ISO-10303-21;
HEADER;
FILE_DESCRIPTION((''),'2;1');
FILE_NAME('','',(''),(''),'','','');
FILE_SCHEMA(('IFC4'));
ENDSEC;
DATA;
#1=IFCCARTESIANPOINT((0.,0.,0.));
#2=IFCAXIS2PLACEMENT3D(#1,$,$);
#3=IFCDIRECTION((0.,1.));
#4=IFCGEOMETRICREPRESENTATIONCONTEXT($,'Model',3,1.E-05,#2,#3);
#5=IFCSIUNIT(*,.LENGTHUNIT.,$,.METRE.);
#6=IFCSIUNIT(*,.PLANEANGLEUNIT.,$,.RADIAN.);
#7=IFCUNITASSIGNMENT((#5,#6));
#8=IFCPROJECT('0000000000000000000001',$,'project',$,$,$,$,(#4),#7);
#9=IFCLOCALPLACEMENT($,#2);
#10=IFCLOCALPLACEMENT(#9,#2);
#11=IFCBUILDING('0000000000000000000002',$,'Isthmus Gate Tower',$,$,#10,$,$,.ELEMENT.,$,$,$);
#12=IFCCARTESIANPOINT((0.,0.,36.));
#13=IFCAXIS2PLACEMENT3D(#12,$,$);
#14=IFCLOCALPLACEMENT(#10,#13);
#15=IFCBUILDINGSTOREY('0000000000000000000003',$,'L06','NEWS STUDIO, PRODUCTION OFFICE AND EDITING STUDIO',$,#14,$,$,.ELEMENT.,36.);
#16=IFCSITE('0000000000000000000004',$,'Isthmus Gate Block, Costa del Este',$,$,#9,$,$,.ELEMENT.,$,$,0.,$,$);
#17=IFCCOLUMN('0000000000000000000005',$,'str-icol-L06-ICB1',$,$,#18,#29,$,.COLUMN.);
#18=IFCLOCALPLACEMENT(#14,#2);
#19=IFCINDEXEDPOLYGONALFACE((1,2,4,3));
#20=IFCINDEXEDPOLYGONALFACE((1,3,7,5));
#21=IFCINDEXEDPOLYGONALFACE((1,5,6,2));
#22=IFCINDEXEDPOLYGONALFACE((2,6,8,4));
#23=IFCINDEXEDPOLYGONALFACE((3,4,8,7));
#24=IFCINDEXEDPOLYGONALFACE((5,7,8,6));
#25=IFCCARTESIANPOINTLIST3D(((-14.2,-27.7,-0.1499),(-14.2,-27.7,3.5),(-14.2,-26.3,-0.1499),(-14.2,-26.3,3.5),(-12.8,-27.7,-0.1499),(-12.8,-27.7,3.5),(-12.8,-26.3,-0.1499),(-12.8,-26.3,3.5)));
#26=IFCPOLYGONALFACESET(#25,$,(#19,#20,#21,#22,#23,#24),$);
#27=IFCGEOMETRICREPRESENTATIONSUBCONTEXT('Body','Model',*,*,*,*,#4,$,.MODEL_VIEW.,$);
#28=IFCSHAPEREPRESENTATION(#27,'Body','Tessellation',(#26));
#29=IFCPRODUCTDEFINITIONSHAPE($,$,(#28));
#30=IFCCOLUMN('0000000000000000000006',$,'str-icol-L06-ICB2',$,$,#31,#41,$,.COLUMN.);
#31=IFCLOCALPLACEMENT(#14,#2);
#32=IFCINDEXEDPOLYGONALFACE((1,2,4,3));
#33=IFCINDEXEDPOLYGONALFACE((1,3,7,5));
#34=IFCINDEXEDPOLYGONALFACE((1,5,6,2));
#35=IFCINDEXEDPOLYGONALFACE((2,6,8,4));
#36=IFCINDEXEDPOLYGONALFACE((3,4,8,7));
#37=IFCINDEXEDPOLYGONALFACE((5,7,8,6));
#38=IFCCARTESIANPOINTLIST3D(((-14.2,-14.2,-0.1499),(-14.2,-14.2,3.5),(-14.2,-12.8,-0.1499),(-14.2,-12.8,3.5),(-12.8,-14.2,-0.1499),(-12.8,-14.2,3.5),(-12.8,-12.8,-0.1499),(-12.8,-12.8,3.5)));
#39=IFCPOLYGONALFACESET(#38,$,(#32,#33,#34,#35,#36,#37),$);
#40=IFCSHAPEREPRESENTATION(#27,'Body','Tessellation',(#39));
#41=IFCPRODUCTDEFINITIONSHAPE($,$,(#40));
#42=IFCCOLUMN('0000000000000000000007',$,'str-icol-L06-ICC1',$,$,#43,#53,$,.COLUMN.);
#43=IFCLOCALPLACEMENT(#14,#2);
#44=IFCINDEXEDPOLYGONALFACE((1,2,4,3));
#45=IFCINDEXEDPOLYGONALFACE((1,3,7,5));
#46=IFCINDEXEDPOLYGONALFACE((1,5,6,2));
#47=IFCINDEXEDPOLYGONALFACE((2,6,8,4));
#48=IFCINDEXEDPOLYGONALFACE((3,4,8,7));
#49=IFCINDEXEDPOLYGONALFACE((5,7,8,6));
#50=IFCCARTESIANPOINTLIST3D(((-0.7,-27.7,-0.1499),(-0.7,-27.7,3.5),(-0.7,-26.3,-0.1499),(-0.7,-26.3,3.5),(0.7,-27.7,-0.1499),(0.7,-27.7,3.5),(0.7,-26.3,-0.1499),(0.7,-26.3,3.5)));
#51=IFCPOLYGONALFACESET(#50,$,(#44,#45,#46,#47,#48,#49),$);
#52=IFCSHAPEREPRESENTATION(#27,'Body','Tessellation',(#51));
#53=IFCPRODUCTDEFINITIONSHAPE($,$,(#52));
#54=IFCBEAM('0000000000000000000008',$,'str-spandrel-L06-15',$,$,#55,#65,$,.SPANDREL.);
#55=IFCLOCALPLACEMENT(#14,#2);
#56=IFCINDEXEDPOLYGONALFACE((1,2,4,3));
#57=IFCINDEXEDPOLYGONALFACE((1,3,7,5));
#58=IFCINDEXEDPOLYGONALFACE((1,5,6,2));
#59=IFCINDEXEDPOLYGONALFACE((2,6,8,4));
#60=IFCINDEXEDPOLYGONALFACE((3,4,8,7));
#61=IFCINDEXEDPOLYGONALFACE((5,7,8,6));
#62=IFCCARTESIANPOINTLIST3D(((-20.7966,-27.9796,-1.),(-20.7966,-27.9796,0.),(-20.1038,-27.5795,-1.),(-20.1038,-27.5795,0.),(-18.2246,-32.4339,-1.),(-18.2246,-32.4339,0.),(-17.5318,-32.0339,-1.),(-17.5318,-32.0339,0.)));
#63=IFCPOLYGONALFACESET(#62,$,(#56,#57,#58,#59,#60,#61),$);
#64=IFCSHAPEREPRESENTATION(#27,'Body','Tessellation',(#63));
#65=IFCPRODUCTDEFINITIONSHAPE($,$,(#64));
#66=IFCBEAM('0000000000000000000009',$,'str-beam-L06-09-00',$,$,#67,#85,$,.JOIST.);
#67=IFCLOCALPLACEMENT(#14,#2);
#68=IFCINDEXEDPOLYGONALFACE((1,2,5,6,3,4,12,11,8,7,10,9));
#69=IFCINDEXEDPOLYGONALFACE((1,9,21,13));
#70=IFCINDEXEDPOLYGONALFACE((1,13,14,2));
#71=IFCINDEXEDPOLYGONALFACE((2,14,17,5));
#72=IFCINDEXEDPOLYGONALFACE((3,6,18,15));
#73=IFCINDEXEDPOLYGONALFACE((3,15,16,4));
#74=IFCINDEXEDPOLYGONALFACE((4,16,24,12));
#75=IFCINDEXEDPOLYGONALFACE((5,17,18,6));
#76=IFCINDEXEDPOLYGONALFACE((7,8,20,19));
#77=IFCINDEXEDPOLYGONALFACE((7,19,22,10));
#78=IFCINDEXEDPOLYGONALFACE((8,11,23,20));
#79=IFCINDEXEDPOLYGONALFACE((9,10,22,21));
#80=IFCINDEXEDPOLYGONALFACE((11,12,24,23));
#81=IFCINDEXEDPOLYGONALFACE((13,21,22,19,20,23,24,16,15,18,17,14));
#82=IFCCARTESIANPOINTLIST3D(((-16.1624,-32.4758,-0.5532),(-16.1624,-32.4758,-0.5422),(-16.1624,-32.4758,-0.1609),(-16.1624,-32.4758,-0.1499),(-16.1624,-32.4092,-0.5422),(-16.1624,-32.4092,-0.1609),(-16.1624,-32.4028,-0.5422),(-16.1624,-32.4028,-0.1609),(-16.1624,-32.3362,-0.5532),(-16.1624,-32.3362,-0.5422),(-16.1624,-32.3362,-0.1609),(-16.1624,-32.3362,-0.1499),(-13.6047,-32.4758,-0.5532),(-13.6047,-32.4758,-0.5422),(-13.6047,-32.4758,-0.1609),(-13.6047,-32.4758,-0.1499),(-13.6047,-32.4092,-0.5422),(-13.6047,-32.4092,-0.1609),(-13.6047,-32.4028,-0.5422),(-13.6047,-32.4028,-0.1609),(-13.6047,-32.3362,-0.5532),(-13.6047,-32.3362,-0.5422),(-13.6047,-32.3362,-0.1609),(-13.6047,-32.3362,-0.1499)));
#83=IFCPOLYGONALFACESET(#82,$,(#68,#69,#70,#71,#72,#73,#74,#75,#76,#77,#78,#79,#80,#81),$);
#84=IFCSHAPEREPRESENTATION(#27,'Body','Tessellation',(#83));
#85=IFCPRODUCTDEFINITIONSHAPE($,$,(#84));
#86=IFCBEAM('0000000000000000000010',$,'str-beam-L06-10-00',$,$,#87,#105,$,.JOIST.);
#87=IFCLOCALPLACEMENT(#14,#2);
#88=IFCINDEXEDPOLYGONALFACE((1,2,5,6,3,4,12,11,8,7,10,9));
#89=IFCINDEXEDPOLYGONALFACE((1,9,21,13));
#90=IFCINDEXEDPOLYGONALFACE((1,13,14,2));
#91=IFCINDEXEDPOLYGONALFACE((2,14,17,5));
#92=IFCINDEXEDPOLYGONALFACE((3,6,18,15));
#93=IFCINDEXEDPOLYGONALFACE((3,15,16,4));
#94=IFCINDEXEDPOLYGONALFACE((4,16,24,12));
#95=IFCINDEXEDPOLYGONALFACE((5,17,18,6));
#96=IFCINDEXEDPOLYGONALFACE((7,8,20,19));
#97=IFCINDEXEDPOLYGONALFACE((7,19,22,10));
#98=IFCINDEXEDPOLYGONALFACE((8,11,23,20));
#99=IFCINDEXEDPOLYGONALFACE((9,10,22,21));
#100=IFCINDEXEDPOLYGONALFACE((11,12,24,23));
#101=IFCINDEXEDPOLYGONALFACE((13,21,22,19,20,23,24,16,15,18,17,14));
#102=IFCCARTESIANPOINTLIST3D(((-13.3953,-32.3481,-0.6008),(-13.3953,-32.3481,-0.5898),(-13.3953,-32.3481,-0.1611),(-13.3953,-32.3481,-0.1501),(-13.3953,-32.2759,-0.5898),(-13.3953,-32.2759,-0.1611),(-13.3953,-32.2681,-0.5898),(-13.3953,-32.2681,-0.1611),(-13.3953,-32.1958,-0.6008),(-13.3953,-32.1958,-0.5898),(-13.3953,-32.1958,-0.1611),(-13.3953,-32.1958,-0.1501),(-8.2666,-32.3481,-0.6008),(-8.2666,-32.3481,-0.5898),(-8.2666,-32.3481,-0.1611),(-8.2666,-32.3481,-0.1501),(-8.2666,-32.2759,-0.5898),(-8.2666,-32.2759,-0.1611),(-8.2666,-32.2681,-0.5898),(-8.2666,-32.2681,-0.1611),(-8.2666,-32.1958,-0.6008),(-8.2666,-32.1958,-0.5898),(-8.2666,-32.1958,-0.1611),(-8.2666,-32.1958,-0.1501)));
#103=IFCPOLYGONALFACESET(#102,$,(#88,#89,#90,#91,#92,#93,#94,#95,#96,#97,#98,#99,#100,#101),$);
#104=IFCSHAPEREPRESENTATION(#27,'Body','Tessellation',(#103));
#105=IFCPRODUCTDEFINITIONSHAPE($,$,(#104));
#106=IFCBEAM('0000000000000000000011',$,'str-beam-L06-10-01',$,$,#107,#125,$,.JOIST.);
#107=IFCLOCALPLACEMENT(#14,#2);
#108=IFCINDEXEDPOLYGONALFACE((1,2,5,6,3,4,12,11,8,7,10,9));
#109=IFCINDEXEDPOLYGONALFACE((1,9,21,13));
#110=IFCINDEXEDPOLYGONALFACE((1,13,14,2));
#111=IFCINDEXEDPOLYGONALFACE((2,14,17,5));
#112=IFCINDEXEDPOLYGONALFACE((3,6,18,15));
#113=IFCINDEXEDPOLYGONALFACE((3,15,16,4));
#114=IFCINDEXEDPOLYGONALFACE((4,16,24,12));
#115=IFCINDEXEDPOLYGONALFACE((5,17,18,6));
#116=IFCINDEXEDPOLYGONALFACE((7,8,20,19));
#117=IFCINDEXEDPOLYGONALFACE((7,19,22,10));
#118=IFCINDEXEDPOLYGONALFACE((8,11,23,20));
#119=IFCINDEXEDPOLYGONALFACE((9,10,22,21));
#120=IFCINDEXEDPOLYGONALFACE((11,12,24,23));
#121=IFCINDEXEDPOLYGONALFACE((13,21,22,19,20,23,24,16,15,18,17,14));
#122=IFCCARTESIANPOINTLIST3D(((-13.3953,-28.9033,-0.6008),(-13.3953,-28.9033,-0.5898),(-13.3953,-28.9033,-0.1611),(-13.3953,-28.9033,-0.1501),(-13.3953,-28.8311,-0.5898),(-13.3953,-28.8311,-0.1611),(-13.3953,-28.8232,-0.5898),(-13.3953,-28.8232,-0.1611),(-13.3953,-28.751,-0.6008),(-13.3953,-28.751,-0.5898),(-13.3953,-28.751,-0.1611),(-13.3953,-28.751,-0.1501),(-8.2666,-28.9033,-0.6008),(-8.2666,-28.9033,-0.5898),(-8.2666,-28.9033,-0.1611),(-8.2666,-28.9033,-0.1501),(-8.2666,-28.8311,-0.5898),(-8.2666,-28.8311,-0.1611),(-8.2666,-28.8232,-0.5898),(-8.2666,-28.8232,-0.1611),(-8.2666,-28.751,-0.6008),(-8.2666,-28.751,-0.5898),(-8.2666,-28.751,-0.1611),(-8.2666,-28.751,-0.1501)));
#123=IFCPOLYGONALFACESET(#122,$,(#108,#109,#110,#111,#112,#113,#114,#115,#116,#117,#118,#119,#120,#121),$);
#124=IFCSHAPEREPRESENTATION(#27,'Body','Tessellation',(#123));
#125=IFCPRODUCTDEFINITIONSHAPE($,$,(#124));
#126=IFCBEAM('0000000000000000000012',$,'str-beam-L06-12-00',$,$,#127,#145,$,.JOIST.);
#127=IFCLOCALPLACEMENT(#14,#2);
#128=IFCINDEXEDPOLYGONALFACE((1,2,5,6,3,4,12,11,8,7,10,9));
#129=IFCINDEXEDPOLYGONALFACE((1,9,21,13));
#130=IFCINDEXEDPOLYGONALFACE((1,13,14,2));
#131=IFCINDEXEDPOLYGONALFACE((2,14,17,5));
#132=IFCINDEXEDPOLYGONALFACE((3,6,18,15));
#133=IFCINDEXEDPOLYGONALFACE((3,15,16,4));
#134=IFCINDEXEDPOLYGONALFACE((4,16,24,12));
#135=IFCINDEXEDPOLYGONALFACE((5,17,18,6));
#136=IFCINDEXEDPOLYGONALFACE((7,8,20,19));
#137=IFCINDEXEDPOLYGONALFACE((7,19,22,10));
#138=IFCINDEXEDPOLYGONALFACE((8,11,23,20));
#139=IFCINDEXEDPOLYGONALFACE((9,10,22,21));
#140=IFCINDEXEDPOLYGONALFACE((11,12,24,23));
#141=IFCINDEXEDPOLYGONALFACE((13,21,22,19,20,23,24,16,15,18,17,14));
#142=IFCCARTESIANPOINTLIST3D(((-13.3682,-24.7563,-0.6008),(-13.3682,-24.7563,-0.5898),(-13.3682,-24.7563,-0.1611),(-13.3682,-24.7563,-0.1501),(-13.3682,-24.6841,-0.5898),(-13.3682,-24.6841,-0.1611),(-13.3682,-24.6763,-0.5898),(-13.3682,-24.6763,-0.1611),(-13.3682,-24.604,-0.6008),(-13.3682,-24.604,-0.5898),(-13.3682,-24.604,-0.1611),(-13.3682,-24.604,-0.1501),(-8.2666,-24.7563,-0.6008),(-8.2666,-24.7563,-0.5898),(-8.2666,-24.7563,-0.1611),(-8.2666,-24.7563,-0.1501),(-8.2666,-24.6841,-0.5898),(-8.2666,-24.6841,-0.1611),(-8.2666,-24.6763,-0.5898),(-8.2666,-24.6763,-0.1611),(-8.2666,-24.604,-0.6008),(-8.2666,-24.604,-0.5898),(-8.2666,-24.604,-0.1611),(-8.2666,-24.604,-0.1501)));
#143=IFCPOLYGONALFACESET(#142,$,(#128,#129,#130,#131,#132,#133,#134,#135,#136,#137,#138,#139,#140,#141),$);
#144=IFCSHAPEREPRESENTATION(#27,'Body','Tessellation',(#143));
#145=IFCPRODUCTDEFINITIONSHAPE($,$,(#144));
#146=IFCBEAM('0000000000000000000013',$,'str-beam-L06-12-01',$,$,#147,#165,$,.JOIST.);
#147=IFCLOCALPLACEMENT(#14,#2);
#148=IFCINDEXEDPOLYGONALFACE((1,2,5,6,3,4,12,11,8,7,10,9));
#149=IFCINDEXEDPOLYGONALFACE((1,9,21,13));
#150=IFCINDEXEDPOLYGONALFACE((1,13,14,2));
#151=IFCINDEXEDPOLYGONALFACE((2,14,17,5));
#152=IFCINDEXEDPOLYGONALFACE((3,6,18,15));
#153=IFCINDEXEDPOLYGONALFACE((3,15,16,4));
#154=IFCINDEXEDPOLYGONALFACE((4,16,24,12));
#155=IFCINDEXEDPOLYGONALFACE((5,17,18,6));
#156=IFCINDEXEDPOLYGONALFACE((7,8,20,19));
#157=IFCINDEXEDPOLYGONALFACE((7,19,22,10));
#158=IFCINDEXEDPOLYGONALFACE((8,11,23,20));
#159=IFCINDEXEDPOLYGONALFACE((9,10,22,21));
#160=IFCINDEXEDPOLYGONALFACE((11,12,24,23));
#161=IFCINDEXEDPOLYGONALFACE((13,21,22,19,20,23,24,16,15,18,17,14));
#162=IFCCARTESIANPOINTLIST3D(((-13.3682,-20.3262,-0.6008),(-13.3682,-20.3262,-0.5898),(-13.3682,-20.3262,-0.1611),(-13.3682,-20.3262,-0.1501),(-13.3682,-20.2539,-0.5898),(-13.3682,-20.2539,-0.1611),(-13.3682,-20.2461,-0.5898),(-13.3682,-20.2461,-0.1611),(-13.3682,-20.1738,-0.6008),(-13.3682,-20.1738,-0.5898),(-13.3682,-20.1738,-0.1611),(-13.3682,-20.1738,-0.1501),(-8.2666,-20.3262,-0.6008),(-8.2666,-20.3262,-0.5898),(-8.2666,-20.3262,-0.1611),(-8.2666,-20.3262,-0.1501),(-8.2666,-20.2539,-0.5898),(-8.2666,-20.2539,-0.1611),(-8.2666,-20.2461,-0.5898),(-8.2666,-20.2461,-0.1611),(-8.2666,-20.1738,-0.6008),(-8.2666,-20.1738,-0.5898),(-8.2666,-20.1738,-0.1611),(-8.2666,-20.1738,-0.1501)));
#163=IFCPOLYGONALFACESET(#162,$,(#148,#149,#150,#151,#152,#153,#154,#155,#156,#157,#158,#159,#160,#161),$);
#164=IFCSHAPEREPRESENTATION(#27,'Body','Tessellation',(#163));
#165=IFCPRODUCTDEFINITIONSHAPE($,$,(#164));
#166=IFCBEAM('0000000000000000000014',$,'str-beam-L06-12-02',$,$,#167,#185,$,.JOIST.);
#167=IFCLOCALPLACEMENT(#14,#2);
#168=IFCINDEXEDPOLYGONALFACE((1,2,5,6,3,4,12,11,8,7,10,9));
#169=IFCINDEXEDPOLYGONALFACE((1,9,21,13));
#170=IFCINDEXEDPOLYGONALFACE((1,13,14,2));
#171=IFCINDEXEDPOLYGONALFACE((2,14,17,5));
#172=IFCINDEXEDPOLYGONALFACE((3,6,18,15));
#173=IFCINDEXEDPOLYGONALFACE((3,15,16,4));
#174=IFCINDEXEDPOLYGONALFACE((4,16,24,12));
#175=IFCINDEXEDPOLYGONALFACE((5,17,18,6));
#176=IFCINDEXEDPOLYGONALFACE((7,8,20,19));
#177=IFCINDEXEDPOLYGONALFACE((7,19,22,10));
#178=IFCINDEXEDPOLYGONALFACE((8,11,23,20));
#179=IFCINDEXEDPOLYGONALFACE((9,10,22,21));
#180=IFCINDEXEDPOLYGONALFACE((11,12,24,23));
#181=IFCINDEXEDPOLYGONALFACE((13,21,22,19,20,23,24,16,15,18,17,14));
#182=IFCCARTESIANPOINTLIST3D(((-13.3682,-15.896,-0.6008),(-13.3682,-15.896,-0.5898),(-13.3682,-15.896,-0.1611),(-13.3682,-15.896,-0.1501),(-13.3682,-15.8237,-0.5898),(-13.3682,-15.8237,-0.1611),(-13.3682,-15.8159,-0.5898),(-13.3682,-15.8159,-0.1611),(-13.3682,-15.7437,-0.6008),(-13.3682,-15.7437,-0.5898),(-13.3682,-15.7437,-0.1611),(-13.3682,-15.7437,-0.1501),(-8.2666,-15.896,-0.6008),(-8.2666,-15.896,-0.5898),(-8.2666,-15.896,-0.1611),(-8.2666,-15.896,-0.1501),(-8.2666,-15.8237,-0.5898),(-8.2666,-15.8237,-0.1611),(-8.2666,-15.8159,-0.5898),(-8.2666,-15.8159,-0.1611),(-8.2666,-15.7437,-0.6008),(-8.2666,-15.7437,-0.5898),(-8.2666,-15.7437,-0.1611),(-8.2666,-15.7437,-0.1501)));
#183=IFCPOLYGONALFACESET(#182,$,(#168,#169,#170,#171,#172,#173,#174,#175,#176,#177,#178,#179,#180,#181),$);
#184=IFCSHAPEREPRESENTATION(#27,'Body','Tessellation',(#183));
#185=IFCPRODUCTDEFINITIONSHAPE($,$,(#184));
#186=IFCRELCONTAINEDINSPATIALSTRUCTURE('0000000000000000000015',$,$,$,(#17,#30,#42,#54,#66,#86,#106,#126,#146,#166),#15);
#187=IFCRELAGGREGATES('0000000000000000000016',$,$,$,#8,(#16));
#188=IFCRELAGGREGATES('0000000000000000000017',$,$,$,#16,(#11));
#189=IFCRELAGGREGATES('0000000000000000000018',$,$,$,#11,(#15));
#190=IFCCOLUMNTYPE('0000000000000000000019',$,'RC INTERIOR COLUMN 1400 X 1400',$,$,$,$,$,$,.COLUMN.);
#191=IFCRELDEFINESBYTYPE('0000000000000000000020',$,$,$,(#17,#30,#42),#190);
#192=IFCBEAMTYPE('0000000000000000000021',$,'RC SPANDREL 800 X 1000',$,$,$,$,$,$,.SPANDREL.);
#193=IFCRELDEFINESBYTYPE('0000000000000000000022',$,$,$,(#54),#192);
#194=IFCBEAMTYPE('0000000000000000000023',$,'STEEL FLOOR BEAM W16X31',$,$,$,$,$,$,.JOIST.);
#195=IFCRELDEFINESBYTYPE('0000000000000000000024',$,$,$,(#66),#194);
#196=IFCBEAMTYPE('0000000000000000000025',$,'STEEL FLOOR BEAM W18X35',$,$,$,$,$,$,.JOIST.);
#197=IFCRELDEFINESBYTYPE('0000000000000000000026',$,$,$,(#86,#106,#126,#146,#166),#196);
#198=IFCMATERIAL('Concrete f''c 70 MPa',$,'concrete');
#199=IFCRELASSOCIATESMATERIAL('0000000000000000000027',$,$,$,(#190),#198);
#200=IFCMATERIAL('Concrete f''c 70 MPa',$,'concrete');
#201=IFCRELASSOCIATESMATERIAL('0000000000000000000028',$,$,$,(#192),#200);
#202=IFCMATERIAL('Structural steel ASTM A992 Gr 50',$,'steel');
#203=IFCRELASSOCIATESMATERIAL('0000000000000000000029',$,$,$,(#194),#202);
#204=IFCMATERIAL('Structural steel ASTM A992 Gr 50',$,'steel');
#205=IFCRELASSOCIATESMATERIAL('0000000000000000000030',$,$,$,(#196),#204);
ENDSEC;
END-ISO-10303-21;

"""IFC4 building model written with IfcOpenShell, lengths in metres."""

from ifc_helpers import new_model, si_unit, direction, frame, origin, origin_2d, place, context, subcontext, project, spatial, rectangle, i_section, extrude, material, material_profile, profile_set, type_object, element, save


model = new_model("IFC4")

# Units and contexts
model_context = context("Model", 3, precision=1e-05, world=origin(), true_north=direction((0.0, 1.0)))
body_context = subcontext(model_context, "Body", "Model", "MODEL_VIEW")
ifc_project = project(units=[si_unit("LENGTHUNIT", "METRE"), si_unit("PLANEANGLEUNIT", "RADIAN")], contexts=[model_context])

# Site, building, storey
site_placement = place(None, origin())
site = spatial("IfcSite", under=ifc_project, at=site_placement, Name="Isthmus Gate Block, Costa del Este", CompositionType="ELEMENT", RefElevation=0.0)
building_placement = place(site_placement, origin())
building = spatial("IfcBuilding", under=site, at=building_placement, Name="Isthmus Gate Tower", CompositionType="ELEMENT")
storey_placement = place(building_placement, frame((0.0, 0.0, 36.0)))
storey = spatial("IfcBuildingStorey", under=building, at=storey_placement, Name="L06", Description="NEWS STUDIO, PRODUCTION OFFICE AND EDITING STUDIO", CompositionType="ELEMENT", Elevation=36.0)

# Columns
ifc_material_1 = material(Name="Concrete f'c 70 MPa", Category="concrete")
ifc_material_profile_1 = material_profile(ifc_material_1, rectangle(XDim=1.3999, YDim=1.3999, at=origin_2d()), Name="RC 1400X1400")
ifc_profile_set_1 = profile_set([ifc_material_profile_1], Name="Concrete f'c 70 MPa")
column_type = type_object("IfcColumnType", Name="RC INTERIOR COLUMN 1400 X 1400", PredefinedType="COLUMN", material=ifc_profile_set_1)
for number, where, z_axis, x_axis, name in (
    (1, (-13.5, -27.0, -0.1499), (0.0, 0.0, 1.0), (1.0, 0.0, 0.0), "str-icol-L06-ICB1"),
    (2, (-13.5, -13.5, -0.1499), (0.0, 0.0, 1.0), (1.0, 0.0, 0.0), "str-icol-L06-ICB2"),
    (3, (0.0, -27.0, -0.1499), (0.0, 0.0, 1.0), (1.0, 0.0, 0.0), "str-icol-L06-ICC1"),
):
    element("IfcColumn", number, at=place(storey_placement, frame(where, z_axis=z_axis, x_axis=x_axis)), inside=storey, type_object=column_type, Name=name, PredefinedType="COLUMN", context=body_context, shape_type="SweptSolid", body=[
        extrude(rectangle(XDim=1.3999, YDim=1.3999, at=origin_2d()), origin(), (0.0, 0.0, 1.0), 3.6499),
    ])

# Beams
ifc_material_2 = material(Name="Concrete f'c 70 MPa", Category="concrete")
ifc_material_profile_2 = material_profile(ifc_material_2, rectangle(XDim=0.8, YDim=1.0, at=origin_2d()), Name="RC 800X1000")
ifc_profile_set_2 = profile_set([ifc_material_profile_2], Name="Concrete f'c 70 MPa")
beam_type_1 = type_object("IfcBeamType", Name="RC SPANDREL 800 X 1000", PredefinedType="SPANDREL", material=ifc_profile_set_2)
beam_1_placement = place(storey_placement, frame((-17.8782, -32.2339, -0.5), z_axis=(-0.500044, 0.866, 0.0), x_axis=(-0.866, -0.500044, 0.0)))
element("IfcBeam", 4, at=beam_1_placement, inside=storey, type_object=beam_type_1, Name="str-spandrel-L06-15", PredefinedType="SPANDREL", context=body_context, shape_type="SweptSolid", body=[
    extrude(rectangle(XDim=0.8, YDim=1.0, at=origin_2d()), origin(), (0.0, 0.0, 1.0), 5.1436),
])
ifc_material_3 = material(Name="Structural steel ASTM A992 Gr 50", Category="steel")
ifc_material_profile_3 = material_profile(ifc_material_3, i_section(OverallWidth=0.1396, OverallDepth=0.4033, WebThickness=0.0063, FlangeThickness=0.011, at=origin_2d()), Name="W16X31")
ifc_profile_set_3 = profile_set([ifc_material_profile_3], Name="Structural steel ASTM A992 Gr 50")
beam_type_2 = type_object("IfcBeamType", Name="STEEL FLOOR BEAM W16X31", PredefinedType="JOIST", material=ifc_profile_set_3)
beam_2_placement = place(storey_placement, frame((-16.1624, -32.406, -0.3516), z_axis=(1.0, 0.0, 0.0), x_axis=(0.0, 1.0, 0.0)))
element("IfcBeam", 5, at=beam_2_placement, inside=storey, type_object=beam_type_2, Name="str-beam-L06-09-00", PredefinedType="JOIST", context=body_context, shape_type="SweptSolid", body=[
    extrude(i_section(OverallWidth=0.1396, OverallDepth=0.4033, WebThickness=0.0063, FlangeThickness=0.011, at=origin_2d()), origin(), (0.0, 0.0, 1.0), 2.5576),
])
ifc_material_4 = material(Name="Structural steel ASTM A992 Gr 50", Category="steel")
ifc_material_profile_4 = material_profile(ifc_material_4, i_section(OverallWidth=0.1523, OverallDepth=0.4507, WebThickness=0.0078, FlangeThickness=0.011, at=origin_2d()), Name="W18X35")
ifc_profile_set_4 = profile_set([ifc_material_profile_4], Name="Structural steel ASTM A992 Gr 50")
beam_type_3 = type_object("IfcBeamType", Name="STEEL FLOOR BEAM W18X35", PredefinedType="JOIST", material=ifc_profile_set_4)
for number, where, z_axis, x_axis, name in (
    (6, (-13.3953, -32.272, -0.3755), (1.0, 0.0, 0.0), (0.0, 1.0, 0.0), "str-beam-L06-10-00"),
    (7, (-13.3953, -28.8271, -0.3755), (1.0, 0.0, 0.0), (0.0, 1.0, 0.0), "str-beam-L06-10-01"),
):
    element("IfcBeam", number, at=place(storey_placement, frame(where, z_axis=z_axis, x_axis=x_axis)), inside=storey, type_object=beam_type_3, Name=name, PredefinedType="JOIST", context=body_context, shape_type="SweptSolid", body=[
        extrude(i_section(OverallWidth=0.1523, OverallDepth=0.4507, WebThickness=0.0078, FlangeThickness=0.011, at=origin_2d()), origin(), (0.0, 0.0, 1.0), 5.1287),
    ])
for number, where, z_axis, x_axis, name in (
    (8, (-13.3682, -24.6802, -0.3755), (1.0, 0.0, 0.0), (0.0, 1.0, 0.0), "str-beam-L06-12-00"),
    (9, (-13.3682, -20.25, -0.3755), (1.0, 0.0, 0.0), (0.0, 1.0, 0.0), "str-beam-L06-12-01"),
    (10, (-13.3682, -15.8198, -0.3755), (1.0, 0.0, 0.0), (0.0, 1.0, 0.0), "str-beam-L06-12-02"),
):
    element("IfcBeam", number, at=place(storey_placement, frame(where, z_axis=z_axis, x_axis=x_axis)), inside=storey, type_object=beam_type_3, Name=name, PredefinedType="JOIST", context=body_context, shape_type="SweptSolid", body=[
        extrude(i_section(OverallWidth=0.1523, OverallDepth=0.4507, WebThickness=0.0078, FlangeThickness=0.011, at=origin_2d()), origin(), (0.0, 0.0, 1.0), 5.1016),
    ])

save(model, "model.ifc")
